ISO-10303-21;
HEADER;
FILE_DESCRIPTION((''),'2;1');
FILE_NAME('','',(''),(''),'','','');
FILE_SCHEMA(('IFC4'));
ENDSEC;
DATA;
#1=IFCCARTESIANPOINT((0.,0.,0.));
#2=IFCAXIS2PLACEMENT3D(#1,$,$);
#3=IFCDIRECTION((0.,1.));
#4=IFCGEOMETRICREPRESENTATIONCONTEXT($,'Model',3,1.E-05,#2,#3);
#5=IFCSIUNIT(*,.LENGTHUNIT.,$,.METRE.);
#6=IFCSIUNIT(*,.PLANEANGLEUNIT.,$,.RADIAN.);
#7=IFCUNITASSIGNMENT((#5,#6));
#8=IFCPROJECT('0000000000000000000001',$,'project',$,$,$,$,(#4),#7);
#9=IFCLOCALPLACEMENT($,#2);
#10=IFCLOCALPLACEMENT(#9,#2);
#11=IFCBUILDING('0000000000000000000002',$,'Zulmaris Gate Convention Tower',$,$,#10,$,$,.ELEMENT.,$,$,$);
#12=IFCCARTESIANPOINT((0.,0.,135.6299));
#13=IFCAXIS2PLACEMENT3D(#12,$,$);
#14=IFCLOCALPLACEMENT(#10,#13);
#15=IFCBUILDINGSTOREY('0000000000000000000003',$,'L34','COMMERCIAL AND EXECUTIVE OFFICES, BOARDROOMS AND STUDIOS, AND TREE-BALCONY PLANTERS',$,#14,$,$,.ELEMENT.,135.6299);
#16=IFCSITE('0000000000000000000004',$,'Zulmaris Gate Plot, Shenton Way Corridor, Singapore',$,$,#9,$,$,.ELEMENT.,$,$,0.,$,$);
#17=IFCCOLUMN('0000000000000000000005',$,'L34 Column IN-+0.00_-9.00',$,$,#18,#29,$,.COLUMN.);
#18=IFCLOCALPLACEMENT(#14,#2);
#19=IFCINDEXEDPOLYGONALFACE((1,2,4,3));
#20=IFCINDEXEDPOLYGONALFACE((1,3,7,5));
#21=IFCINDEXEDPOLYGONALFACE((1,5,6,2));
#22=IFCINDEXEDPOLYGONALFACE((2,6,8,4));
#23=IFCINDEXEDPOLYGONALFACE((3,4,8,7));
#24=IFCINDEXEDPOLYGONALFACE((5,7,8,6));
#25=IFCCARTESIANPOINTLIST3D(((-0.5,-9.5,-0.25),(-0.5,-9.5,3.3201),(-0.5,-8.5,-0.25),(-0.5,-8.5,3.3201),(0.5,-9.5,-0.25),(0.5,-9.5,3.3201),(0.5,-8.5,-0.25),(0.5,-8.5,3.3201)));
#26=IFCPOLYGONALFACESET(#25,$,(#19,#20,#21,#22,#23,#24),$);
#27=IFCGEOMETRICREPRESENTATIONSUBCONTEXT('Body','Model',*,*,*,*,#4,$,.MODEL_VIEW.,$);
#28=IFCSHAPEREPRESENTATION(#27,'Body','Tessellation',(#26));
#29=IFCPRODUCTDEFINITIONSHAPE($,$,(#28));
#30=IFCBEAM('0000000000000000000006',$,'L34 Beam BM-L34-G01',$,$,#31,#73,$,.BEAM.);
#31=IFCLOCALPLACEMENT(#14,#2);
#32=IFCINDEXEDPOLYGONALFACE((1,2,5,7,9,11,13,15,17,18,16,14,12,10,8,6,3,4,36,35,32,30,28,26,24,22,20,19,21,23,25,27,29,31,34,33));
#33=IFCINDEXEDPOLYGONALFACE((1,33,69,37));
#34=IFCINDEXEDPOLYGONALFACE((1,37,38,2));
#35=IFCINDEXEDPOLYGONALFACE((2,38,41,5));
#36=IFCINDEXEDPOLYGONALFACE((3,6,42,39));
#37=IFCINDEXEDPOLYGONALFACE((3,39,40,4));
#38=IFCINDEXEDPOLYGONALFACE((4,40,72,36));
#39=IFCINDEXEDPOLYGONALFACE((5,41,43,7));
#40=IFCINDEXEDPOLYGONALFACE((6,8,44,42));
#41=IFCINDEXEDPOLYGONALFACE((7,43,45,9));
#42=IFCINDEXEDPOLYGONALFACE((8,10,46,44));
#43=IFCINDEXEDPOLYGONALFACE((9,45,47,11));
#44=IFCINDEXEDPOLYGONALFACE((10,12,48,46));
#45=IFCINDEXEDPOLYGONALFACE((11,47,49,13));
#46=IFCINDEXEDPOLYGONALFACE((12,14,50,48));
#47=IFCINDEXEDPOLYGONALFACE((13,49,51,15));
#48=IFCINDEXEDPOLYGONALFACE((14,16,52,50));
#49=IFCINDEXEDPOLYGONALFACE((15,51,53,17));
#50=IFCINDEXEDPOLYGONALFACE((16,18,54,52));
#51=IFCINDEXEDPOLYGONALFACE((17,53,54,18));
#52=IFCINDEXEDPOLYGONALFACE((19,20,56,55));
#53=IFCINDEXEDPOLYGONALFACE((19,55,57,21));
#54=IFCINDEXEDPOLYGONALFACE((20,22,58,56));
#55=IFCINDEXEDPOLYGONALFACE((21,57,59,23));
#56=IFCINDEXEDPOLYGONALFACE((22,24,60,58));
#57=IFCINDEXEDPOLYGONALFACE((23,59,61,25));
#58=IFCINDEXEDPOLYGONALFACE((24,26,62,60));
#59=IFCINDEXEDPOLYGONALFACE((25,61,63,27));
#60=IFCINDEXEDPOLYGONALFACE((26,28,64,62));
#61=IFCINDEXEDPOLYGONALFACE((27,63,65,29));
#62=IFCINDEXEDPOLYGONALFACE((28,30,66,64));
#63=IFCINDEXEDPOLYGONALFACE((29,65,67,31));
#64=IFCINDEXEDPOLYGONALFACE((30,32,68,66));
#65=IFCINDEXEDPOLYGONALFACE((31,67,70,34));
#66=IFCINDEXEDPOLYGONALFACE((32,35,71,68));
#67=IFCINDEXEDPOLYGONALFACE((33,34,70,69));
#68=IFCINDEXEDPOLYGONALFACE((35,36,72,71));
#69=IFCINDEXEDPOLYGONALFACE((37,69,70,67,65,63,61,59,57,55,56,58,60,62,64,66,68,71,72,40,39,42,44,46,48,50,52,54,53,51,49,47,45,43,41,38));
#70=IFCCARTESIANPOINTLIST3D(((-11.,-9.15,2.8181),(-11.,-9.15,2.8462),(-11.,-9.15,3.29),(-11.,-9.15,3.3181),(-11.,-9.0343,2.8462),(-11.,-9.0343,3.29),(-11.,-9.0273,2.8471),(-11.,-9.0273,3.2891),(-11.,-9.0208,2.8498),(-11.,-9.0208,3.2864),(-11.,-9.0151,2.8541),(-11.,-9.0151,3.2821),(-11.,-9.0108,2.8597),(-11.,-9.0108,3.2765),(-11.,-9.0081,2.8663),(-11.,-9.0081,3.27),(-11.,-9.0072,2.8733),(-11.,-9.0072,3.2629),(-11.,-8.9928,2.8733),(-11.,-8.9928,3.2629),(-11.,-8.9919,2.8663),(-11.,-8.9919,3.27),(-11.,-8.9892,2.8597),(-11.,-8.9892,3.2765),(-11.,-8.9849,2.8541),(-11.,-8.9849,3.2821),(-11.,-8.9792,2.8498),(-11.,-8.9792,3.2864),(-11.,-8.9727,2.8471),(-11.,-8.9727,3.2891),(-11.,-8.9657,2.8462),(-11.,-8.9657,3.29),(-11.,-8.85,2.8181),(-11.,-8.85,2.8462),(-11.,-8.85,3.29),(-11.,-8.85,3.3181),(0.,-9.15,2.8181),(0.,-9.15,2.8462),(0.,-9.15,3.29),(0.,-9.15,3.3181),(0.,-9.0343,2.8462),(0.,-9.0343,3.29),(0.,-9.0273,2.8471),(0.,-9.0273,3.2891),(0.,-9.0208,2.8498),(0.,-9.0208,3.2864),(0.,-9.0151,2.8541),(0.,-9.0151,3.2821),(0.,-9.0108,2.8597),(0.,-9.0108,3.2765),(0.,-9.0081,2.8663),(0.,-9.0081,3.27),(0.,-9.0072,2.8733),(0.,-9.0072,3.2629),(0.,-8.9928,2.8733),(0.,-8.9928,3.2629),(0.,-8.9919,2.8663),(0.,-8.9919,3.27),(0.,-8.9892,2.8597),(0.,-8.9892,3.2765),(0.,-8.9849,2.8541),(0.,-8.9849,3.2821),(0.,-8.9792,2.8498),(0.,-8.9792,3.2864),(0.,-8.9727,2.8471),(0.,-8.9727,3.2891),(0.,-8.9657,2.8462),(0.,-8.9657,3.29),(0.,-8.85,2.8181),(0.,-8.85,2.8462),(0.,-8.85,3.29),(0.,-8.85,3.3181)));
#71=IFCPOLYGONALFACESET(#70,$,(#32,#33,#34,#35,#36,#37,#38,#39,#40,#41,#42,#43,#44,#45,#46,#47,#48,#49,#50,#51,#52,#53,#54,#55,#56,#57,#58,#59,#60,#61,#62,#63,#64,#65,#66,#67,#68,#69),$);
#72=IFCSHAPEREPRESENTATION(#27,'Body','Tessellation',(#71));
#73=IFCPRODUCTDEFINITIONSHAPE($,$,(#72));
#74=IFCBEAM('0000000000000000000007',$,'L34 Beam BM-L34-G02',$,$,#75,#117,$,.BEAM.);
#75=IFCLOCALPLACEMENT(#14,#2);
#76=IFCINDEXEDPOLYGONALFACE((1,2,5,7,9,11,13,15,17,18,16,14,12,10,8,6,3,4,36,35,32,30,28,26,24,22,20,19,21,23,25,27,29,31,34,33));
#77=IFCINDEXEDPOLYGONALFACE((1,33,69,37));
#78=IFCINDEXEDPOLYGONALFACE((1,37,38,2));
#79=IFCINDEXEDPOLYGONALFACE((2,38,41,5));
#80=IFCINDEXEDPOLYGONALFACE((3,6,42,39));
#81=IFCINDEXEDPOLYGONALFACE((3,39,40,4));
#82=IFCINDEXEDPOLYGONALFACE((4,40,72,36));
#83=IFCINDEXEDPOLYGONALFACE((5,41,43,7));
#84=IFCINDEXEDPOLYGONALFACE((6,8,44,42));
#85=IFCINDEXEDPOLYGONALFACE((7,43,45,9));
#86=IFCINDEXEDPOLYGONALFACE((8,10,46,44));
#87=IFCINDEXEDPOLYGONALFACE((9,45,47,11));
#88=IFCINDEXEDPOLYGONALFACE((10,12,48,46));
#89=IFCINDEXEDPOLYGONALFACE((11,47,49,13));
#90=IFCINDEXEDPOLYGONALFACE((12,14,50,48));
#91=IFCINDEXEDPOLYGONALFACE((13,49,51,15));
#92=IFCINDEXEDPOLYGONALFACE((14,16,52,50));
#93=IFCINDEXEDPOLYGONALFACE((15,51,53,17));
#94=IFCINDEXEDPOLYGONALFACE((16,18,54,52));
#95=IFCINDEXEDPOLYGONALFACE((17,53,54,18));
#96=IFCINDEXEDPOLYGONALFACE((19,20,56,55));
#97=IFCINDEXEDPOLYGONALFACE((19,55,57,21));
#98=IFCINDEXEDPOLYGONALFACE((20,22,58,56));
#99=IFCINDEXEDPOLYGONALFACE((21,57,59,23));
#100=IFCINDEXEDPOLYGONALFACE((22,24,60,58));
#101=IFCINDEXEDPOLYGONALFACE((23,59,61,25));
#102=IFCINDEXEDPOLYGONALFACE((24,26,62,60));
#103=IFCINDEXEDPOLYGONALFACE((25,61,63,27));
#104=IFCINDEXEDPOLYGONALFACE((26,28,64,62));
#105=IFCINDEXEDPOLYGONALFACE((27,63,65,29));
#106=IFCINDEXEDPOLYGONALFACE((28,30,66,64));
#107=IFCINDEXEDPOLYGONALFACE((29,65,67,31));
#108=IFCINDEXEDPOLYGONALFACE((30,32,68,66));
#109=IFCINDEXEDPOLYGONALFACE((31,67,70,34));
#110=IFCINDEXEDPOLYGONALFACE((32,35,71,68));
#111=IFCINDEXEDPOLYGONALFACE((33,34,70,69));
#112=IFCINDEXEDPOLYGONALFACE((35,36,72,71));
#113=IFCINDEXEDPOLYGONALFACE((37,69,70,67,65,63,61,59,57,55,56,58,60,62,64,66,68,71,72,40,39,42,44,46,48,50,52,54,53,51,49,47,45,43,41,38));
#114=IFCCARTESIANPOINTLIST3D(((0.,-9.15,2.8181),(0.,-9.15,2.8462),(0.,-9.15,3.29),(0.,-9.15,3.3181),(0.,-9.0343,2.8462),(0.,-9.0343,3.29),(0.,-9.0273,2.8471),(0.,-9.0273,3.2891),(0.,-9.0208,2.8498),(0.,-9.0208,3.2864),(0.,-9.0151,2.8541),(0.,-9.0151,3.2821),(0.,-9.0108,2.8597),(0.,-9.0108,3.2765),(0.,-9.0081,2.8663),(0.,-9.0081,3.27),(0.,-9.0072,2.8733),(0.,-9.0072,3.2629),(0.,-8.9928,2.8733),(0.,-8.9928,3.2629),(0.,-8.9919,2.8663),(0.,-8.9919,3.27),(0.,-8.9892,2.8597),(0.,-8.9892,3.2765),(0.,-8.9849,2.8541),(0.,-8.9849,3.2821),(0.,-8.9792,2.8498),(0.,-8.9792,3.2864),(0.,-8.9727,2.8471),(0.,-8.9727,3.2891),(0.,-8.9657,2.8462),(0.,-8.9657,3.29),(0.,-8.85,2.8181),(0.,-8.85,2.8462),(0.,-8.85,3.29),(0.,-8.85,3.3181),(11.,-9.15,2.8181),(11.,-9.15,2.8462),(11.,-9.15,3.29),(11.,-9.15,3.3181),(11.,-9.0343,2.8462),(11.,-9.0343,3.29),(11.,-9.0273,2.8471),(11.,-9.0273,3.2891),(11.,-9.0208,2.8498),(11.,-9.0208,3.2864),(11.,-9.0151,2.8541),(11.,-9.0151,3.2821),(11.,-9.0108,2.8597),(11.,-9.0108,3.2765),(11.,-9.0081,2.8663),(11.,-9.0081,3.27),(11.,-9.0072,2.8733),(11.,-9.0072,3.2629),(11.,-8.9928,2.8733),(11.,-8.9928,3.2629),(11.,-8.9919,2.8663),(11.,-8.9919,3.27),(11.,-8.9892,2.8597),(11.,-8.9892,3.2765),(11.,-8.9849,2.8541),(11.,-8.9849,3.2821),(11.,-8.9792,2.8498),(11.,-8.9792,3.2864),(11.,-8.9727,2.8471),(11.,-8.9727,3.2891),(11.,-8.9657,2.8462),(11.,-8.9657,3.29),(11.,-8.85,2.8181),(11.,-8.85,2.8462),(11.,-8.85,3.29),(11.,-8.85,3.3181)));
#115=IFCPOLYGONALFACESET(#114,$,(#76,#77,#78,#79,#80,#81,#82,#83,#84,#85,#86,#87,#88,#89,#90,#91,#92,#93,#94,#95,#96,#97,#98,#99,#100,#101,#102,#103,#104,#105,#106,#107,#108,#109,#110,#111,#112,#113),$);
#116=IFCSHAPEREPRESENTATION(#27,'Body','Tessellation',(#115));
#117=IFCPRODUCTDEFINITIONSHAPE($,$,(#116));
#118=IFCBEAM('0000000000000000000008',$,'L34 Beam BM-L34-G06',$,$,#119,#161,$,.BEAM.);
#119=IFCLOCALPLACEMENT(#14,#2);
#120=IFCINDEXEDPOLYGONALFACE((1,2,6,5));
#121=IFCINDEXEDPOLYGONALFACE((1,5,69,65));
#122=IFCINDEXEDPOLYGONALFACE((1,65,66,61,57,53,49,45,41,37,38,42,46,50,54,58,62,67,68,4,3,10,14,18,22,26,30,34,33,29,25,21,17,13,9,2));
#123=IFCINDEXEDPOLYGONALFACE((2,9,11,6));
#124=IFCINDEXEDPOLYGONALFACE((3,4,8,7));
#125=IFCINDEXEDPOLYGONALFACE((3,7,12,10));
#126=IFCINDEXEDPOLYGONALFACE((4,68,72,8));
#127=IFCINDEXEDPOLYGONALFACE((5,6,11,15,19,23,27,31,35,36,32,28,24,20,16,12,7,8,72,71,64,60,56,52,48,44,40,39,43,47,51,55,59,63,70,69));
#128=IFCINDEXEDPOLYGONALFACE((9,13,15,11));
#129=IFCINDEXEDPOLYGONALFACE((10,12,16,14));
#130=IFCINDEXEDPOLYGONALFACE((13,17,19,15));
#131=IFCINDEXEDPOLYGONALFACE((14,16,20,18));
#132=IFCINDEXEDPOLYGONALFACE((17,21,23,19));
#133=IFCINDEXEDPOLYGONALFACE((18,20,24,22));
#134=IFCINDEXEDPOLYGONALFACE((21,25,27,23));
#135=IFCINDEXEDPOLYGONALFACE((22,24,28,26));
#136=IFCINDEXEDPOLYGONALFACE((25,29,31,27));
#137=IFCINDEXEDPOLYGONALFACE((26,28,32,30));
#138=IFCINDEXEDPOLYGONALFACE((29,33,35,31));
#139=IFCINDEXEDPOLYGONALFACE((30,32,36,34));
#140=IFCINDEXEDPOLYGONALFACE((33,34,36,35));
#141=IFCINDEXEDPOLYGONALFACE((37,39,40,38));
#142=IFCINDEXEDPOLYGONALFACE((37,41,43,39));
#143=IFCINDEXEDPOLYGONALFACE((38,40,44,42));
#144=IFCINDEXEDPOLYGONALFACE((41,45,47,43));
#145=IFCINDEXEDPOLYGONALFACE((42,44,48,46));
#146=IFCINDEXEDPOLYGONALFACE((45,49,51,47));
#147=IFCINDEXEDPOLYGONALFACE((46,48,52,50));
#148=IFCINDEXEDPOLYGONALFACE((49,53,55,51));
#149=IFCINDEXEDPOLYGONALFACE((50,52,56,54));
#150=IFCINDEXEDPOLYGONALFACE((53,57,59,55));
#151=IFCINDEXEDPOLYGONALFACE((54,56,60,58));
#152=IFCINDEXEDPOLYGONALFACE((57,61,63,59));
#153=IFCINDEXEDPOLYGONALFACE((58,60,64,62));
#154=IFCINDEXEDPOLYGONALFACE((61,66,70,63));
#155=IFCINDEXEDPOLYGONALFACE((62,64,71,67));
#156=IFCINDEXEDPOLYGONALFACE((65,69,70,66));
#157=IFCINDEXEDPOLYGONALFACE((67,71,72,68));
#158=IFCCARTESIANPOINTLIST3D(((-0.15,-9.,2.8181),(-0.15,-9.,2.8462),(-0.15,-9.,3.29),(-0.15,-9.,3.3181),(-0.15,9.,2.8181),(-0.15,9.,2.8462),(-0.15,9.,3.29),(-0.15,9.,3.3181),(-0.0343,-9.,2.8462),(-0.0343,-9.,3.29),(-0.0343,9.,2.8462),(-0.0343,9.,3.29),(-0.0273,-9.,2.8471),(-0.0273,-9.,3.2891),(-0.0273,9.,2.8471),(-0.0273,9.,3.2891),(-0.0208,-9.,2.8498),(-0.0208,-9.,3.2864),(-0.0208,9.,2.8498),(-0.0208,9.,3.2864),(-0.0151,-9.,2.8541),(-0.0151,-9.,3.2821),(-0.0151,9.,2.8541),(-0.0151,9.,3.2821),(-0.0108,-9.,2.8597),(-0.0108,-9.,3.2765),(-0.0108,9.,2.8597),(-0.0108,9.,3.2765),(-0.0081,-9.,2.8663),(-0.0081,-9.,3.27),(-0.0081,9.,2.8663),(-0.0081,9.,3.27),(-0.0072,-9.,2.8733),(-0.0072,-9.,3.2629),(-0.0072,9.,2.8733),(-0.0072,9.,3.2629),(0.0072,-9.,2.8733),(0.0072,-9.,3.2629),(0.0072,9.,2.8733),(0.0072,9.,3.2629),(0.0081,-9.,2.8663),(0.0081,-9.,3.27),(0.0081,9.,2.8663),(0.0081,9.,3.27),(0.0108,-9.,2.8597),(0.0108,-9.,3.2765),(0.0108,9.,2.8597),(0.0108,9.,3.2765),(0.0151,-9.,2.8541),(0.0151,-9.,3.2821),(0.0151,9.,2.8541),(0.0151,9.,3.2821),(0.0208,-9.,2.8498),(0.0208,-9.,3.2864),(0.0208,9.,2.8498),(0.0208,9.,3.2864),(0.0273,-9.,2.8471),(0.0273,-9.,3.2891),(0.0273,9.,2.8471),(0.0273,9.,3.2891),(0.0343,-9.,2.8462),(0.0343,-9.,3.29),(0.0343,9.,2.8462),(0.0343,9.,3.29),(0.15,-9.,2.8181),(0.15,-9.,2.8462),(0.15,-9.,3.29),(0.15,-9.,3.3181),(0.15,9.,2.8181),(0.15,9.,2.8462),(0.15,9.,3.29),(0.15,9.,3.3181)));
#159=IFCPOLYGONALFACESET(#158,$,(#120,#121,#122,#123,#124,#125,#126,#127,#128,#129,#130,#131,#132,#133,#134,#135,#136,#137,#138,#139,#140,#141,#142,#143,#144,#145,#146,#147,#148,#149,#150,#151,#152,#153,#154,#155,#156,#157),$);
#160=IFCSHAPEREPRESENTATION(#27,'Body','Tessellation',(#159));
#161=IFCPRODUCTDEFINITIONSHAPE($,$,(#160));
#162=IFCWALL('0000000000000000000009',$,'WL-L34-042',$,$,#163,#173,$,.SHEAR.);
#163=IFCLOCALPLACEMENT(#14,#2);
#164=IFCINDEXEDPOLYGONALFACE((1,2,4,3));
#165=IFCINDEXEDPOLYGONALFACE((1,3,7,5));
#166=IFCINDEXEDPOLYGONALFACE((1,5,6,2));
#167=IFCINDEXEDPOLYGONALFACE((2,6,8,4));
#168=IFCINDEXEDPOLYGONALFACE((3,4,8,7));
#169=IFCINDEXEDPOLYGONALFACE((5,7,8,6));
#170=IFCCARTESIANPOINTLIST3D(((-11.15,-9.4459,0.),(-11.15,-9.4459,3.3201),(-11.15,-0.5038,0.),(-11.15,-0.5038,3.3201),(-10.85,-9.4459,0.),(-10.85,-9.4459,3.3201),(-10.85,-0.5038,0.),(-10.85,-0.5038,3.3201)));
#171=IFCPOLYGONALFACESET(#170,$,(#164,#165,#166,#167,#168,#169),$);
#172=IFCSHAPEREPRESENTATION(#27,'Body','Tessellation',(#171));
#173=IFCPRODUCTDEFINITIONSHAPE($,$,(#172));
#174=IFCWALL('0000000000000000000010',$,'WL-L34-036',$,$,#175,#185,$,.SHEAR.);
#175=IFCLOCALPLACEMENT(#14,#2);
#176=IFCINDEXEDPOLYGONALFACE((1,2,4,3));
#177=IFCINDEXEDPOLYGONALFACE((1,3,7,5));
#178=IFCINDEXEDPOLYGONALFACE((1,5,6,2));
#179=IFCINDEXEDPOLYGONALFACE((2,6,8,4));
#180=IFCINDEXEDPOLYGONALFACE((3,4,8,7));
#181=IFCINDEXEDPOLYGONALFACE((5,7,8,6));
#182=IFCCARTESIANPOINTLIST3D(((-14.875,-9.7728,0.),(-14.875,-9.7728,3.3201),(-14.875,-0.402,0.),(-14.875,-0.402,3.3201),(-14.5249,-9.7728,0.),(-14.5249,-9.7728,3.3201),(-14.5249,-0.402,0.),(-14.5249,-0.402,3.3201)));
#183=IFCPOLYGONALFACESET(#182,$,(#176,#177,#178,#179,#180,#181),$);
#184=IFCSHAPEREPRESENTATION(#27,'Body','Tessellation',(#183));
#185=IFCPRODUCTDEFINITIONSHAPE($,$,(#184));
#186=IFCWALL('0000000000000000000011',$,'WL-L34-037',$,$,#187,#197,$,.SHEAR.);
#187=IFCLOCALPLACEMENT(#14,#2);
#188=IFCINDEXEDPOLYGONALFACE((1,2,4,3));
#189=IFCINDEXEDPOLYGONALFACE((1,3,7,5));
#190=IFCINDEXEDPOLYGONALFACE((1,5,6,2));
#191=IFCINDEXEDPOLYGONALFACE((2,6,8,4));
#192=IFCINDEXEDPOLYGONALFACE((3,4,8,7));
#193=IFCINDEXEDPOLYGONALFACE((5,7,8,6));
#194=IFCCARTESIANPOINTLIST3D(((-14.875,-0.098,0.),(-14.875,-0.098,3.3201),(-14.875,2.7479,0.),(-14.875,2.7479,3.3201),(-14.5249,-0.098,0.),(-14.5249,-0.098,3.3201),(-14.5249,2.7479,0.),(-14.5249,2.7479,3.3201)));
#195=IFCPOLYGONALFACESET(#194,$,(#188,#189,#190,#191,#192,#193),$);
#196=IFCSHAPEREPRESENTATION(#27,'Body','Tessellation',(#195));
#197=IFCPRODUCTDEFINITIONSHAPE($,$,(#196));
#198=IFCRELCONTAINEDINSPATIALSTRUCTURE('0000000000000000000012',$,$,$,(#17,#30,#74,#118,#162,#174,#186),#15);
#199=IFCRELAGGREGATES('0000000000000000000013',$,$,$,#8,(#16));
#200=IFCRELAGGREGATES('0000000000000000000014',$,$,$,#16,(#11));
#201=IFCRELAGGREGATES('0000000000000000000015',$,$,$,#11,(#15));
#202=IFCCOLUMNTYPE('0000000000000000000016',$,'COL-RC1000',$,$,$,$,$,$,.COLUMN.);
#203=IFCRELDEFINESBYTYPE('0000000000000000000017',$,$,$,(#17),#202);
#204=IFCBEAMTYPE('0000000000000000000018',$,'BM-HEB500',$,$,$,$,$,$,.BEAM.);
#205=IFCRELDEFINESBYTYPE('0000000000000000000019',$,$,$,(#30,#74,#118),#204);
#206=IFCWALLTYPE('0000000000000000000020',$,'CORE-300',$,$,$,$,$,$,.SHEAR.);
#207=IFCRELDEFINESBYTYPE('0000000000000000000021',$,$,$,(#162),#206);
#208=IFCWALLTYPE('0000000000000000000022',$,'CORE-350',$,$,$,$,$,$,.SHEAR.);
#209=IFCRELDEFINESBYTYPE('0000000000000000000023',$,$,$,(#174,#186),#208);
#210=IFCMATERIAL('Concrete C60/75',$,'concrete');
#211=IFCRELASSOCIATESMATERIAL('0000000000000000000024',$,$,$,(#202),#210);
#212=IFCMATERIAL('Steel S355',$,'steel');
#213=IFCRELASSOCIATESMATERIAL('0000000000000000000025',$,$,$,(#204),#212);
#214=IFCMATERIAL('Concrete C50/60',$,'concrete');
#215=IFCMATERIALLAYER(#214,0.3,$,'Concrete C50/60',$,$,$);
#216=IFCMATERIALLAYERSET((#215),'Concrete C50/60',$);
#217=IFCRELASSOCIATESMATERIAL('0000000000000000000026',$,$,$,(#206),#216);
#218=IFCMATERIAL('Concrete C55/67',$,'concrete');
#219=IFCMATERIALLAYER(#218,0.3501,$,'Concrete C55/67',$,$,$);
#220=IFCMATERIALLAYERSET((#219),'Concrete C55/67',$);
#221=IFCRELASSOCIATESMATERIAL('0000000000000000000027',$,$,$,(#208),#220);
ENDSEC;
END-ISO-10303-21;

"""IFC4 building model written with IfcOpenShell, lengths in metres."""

from ifc_helpers import new_model, si_unit, direction, frame, frame_2d, origin, origin_2d, place, context, subcontext, project, spatial, rectangle, i_section, extrude, material, layer, layer_set, material_profile, profile_set, type_object, element, save


model = new_model("IFC4")

# Units and contexts
model_context = context("Model", 3, precision=1e-05, world=origin(), true_north=direction((0.0, 1.0)))
body_context = subcontext(model_context, "Body", "Model", "MODEL_VIEW")
ifc_project = project(units=[si_unit("LENGTHUNIT", "METRE"), si_unit("PLANEANGLEUNIT", "RADIAN")], contexts=[model_context])

# Site, building, storey
site_placement = place(None, origin())
site = spatial("IfcSite", under=ifc_project, at=site_placement, Name="Zulmaris Gate Plot, Shenton Way Corridor, Singapore", CompositionType="ELEMENT", RefElevation=0.0)
building_placement = place(site_placement, origin())
building = spatial("IfcBuilding", under=site, at=building_placement, Name="Zulmaris Gate Convention Tower", CompositionType="ELEMENT")
storey_placement = place(building_placement, frame((0.0, 0.0, 135.6299)))
storey = spatial("IfcBuildingStorey", under=building, at=storey_placement, Name="L34", Description="COMMERCIAL AND EXECUTIVE OFFICES, BOARDROOMS AND STUDIOS, AND TREE-BALCONY PLANTERS", CompositionType="ELEMENT", Elevation=135.6299)

# Column
ifc_material_1 = material(Name="Concrete C60/75", Category="concrete")
ifc_material_profile_1 = material_profile(ifc_material_1, rectangle(XDim=1.0, YDim=1.0, at=origin_2d()), Name="RC COL 1000x1000")
ifc_profile_set_1 = profile_set([ifc_material_profile_1], Name="Concrete C60/75")
column_type = type_object("IfcColumnType", Name="COL-RC1000", PredefinedType="COLUMN", material=ifc_profile_set_1)
column_placement = place(storey_placement, frame((0.0, -9.0, -0.25), z_axis=(0.0, 0.0, 1.0), x_axis=(1.0, 0.0, 0.0)))
element("IfcColumn", 1, at=column_placement, inside=storey, type_object=column_type, Name="L34 Column IN-+0.00_-9.00", PredefinedType="COLUMN", context=body_context, shape_type="SweptSolid", body=[
    extrude(rectangle(XDim=1.0, YDim=1.0, at=origin_2d()), origin(), (0.0, 0.0, 1.0), 3.5701),
])

# Beams
ifc_material_2 = material(Name="Steel S355", Category="steel")
ifc_material_profile_2 = material_profile(ifc_material_2, i_section(OverallWidth=0.3, OverallDepth=0.5, WebThickness=0.0144, FlangeThickness=0.0281, FilletRadius=0.0271, at=origin_2d()), Name="HEB 500")
ifc_profile_set_2 = profile_set([ifc_material_profile_2], Name="Steel S355")
beam_type = type_object("IfcBeamType", Name="BM-HEB500", PredefinedType="BEAM", material=ifc_profile_set_2)
for number, where, z_axis, x_axis, name in (
    (2, (-11.0, -9.0, 3.0681), (1.0, 0.0, 0.0), (0.0, 1.0, 0.0), "L34 Beam BM-L34-G01"),
    (3, (0.0, -9.0, 3.0681), (1.0, 0.0, 0.0), (0.0, 1.0, 0.0), "L34 Beam BM-L34-G02"),
):
    element("IfcBeam", number, at=place(storey_placement, frame(where, z_axis=z_axis, x_axis=x_axis)), inside=storey, type_object=beam_type, Name=name, PredefinedType="BEAM", context=body_context, shape_type="SweptSolid", body=[
        extrude(i_section(OverallWidth=0.3, OverallDepth=0.5, WebThickness=0.0144, FlangeThickness=0.0281, FilletRadius=0.0271, at=origin_2d()), origin(), (0.0, 0.0, 1.0), 11.0),
    ])
beam_placement = place(storey_placement, frame((0.0, -9.0, 3.0681), z_axis=(0.0, 1.0, 0.0), x_axis=(-1.0, 0.0, 0.0)))
element("IfcBeam", 4, at=beam_placement, inside=storey, type_object=beam_type, Name="L34 Beam BM-L34-G06", PredefinedType="BEAM", context=body_context, shape_type="SweptSolid", body=[
    extrude(i_section(OverallWidth=0.3, OverallDepth=0.5, WebThickness=0.0144, FlangeThickness=0.0281, FilletRadius=0.0271, at=origin_2d()), origin(), (0.0, 0.0, 1.0), 18.0),
])

# Walls
ifc_material_3 = material(Name="Concrete C50/60", Category="concrete")
ifc_layer_1 = layer(ifc_material_3, 0.3, Name="Concrete C50/60")
ifc_layer_set_1 = layer_set([ifc_layer_1], Name="Concrete C50/60")
wall_type_1 = type_object("IfcWallType", Name="CORE-300", PredefinedType="SHEAR", material=ifc_layer_set_1)
wall_1_placement = place(storey_placement, frame((-11.0, -9.446, 0.0), z_axis=(0.0, 0.0, 1.0), x_axis=(0.0, 1.0, 0.0)))
element("IfcWall", 5, at=wall_1_placement, inside=storey, type_object=wall_type_1, Name="WL-L34-042", PredefinedType="SHEAR", context=body_context, shape_type="SweptSolid", body=[
    extrude(rectangle(XDim=8.9421, YDim=0.3, at=frame_2d((4.4712, 0.0))), origin(), (0.0, 0.0, 1.0), 3.3201),
])
ifc_material_4 = material(Name="Concrete C55/67", Category="concrete")
ifc_layer_2 = layer(ifc_material_4, 0.3501, Name="Concrete C55/67")
ifc_layer_set_2 = layer_set([ifc_layer_2], Name="Concrete C55/67")
wall_type_2 = type_object("IfcWallType", Name="CORE-350", PredefinedType="SHEAR", material=ifc_layer_set_2)
wall_2_placement = place(storey_placement, frame((-14.7, -9.7729, 0.0), z_axis=(0.0, 0.0, 1.0), x_axis=(0.0, 1.0, 0.0)))
element("IfcWall", 6, at=wall_2_placement, inside=storey, type_object=wall_type_2, Name="WL-L34-036", PredefinedType="SHEAR", context=body_context, shape_type="SweptSolid", body=[
    extrude(rectangle(XDim=9.3708, YDim=0.3501, at=frame_2d((4.6855, 0.0))), origin(), (0.0, 0.0, 1.0), 3.3201),
])
wall_3_placement = place(storey_placement, frame((-14.7, -0.0979, 0.0), z_axis=(0.0, 0.0, 1.0), x_axis=(0.0, 1.0, 0.0)))
element("IfcWall", 7, at=wall_3_placement, inside=storey, type_object=wall_type_2, Name="WL-L34-037", PredefinedType="SHEAR", context=body_context, shape_type="SweptSolid", body=[
    extrude(rectangle(XDim=2.8459, YDim=0.3501, at=frame_2d((1.4229, 0.0))), origin(), (0.0, 0.0, 1.0), 3.3201),
])

save(model, "model.ifc")
